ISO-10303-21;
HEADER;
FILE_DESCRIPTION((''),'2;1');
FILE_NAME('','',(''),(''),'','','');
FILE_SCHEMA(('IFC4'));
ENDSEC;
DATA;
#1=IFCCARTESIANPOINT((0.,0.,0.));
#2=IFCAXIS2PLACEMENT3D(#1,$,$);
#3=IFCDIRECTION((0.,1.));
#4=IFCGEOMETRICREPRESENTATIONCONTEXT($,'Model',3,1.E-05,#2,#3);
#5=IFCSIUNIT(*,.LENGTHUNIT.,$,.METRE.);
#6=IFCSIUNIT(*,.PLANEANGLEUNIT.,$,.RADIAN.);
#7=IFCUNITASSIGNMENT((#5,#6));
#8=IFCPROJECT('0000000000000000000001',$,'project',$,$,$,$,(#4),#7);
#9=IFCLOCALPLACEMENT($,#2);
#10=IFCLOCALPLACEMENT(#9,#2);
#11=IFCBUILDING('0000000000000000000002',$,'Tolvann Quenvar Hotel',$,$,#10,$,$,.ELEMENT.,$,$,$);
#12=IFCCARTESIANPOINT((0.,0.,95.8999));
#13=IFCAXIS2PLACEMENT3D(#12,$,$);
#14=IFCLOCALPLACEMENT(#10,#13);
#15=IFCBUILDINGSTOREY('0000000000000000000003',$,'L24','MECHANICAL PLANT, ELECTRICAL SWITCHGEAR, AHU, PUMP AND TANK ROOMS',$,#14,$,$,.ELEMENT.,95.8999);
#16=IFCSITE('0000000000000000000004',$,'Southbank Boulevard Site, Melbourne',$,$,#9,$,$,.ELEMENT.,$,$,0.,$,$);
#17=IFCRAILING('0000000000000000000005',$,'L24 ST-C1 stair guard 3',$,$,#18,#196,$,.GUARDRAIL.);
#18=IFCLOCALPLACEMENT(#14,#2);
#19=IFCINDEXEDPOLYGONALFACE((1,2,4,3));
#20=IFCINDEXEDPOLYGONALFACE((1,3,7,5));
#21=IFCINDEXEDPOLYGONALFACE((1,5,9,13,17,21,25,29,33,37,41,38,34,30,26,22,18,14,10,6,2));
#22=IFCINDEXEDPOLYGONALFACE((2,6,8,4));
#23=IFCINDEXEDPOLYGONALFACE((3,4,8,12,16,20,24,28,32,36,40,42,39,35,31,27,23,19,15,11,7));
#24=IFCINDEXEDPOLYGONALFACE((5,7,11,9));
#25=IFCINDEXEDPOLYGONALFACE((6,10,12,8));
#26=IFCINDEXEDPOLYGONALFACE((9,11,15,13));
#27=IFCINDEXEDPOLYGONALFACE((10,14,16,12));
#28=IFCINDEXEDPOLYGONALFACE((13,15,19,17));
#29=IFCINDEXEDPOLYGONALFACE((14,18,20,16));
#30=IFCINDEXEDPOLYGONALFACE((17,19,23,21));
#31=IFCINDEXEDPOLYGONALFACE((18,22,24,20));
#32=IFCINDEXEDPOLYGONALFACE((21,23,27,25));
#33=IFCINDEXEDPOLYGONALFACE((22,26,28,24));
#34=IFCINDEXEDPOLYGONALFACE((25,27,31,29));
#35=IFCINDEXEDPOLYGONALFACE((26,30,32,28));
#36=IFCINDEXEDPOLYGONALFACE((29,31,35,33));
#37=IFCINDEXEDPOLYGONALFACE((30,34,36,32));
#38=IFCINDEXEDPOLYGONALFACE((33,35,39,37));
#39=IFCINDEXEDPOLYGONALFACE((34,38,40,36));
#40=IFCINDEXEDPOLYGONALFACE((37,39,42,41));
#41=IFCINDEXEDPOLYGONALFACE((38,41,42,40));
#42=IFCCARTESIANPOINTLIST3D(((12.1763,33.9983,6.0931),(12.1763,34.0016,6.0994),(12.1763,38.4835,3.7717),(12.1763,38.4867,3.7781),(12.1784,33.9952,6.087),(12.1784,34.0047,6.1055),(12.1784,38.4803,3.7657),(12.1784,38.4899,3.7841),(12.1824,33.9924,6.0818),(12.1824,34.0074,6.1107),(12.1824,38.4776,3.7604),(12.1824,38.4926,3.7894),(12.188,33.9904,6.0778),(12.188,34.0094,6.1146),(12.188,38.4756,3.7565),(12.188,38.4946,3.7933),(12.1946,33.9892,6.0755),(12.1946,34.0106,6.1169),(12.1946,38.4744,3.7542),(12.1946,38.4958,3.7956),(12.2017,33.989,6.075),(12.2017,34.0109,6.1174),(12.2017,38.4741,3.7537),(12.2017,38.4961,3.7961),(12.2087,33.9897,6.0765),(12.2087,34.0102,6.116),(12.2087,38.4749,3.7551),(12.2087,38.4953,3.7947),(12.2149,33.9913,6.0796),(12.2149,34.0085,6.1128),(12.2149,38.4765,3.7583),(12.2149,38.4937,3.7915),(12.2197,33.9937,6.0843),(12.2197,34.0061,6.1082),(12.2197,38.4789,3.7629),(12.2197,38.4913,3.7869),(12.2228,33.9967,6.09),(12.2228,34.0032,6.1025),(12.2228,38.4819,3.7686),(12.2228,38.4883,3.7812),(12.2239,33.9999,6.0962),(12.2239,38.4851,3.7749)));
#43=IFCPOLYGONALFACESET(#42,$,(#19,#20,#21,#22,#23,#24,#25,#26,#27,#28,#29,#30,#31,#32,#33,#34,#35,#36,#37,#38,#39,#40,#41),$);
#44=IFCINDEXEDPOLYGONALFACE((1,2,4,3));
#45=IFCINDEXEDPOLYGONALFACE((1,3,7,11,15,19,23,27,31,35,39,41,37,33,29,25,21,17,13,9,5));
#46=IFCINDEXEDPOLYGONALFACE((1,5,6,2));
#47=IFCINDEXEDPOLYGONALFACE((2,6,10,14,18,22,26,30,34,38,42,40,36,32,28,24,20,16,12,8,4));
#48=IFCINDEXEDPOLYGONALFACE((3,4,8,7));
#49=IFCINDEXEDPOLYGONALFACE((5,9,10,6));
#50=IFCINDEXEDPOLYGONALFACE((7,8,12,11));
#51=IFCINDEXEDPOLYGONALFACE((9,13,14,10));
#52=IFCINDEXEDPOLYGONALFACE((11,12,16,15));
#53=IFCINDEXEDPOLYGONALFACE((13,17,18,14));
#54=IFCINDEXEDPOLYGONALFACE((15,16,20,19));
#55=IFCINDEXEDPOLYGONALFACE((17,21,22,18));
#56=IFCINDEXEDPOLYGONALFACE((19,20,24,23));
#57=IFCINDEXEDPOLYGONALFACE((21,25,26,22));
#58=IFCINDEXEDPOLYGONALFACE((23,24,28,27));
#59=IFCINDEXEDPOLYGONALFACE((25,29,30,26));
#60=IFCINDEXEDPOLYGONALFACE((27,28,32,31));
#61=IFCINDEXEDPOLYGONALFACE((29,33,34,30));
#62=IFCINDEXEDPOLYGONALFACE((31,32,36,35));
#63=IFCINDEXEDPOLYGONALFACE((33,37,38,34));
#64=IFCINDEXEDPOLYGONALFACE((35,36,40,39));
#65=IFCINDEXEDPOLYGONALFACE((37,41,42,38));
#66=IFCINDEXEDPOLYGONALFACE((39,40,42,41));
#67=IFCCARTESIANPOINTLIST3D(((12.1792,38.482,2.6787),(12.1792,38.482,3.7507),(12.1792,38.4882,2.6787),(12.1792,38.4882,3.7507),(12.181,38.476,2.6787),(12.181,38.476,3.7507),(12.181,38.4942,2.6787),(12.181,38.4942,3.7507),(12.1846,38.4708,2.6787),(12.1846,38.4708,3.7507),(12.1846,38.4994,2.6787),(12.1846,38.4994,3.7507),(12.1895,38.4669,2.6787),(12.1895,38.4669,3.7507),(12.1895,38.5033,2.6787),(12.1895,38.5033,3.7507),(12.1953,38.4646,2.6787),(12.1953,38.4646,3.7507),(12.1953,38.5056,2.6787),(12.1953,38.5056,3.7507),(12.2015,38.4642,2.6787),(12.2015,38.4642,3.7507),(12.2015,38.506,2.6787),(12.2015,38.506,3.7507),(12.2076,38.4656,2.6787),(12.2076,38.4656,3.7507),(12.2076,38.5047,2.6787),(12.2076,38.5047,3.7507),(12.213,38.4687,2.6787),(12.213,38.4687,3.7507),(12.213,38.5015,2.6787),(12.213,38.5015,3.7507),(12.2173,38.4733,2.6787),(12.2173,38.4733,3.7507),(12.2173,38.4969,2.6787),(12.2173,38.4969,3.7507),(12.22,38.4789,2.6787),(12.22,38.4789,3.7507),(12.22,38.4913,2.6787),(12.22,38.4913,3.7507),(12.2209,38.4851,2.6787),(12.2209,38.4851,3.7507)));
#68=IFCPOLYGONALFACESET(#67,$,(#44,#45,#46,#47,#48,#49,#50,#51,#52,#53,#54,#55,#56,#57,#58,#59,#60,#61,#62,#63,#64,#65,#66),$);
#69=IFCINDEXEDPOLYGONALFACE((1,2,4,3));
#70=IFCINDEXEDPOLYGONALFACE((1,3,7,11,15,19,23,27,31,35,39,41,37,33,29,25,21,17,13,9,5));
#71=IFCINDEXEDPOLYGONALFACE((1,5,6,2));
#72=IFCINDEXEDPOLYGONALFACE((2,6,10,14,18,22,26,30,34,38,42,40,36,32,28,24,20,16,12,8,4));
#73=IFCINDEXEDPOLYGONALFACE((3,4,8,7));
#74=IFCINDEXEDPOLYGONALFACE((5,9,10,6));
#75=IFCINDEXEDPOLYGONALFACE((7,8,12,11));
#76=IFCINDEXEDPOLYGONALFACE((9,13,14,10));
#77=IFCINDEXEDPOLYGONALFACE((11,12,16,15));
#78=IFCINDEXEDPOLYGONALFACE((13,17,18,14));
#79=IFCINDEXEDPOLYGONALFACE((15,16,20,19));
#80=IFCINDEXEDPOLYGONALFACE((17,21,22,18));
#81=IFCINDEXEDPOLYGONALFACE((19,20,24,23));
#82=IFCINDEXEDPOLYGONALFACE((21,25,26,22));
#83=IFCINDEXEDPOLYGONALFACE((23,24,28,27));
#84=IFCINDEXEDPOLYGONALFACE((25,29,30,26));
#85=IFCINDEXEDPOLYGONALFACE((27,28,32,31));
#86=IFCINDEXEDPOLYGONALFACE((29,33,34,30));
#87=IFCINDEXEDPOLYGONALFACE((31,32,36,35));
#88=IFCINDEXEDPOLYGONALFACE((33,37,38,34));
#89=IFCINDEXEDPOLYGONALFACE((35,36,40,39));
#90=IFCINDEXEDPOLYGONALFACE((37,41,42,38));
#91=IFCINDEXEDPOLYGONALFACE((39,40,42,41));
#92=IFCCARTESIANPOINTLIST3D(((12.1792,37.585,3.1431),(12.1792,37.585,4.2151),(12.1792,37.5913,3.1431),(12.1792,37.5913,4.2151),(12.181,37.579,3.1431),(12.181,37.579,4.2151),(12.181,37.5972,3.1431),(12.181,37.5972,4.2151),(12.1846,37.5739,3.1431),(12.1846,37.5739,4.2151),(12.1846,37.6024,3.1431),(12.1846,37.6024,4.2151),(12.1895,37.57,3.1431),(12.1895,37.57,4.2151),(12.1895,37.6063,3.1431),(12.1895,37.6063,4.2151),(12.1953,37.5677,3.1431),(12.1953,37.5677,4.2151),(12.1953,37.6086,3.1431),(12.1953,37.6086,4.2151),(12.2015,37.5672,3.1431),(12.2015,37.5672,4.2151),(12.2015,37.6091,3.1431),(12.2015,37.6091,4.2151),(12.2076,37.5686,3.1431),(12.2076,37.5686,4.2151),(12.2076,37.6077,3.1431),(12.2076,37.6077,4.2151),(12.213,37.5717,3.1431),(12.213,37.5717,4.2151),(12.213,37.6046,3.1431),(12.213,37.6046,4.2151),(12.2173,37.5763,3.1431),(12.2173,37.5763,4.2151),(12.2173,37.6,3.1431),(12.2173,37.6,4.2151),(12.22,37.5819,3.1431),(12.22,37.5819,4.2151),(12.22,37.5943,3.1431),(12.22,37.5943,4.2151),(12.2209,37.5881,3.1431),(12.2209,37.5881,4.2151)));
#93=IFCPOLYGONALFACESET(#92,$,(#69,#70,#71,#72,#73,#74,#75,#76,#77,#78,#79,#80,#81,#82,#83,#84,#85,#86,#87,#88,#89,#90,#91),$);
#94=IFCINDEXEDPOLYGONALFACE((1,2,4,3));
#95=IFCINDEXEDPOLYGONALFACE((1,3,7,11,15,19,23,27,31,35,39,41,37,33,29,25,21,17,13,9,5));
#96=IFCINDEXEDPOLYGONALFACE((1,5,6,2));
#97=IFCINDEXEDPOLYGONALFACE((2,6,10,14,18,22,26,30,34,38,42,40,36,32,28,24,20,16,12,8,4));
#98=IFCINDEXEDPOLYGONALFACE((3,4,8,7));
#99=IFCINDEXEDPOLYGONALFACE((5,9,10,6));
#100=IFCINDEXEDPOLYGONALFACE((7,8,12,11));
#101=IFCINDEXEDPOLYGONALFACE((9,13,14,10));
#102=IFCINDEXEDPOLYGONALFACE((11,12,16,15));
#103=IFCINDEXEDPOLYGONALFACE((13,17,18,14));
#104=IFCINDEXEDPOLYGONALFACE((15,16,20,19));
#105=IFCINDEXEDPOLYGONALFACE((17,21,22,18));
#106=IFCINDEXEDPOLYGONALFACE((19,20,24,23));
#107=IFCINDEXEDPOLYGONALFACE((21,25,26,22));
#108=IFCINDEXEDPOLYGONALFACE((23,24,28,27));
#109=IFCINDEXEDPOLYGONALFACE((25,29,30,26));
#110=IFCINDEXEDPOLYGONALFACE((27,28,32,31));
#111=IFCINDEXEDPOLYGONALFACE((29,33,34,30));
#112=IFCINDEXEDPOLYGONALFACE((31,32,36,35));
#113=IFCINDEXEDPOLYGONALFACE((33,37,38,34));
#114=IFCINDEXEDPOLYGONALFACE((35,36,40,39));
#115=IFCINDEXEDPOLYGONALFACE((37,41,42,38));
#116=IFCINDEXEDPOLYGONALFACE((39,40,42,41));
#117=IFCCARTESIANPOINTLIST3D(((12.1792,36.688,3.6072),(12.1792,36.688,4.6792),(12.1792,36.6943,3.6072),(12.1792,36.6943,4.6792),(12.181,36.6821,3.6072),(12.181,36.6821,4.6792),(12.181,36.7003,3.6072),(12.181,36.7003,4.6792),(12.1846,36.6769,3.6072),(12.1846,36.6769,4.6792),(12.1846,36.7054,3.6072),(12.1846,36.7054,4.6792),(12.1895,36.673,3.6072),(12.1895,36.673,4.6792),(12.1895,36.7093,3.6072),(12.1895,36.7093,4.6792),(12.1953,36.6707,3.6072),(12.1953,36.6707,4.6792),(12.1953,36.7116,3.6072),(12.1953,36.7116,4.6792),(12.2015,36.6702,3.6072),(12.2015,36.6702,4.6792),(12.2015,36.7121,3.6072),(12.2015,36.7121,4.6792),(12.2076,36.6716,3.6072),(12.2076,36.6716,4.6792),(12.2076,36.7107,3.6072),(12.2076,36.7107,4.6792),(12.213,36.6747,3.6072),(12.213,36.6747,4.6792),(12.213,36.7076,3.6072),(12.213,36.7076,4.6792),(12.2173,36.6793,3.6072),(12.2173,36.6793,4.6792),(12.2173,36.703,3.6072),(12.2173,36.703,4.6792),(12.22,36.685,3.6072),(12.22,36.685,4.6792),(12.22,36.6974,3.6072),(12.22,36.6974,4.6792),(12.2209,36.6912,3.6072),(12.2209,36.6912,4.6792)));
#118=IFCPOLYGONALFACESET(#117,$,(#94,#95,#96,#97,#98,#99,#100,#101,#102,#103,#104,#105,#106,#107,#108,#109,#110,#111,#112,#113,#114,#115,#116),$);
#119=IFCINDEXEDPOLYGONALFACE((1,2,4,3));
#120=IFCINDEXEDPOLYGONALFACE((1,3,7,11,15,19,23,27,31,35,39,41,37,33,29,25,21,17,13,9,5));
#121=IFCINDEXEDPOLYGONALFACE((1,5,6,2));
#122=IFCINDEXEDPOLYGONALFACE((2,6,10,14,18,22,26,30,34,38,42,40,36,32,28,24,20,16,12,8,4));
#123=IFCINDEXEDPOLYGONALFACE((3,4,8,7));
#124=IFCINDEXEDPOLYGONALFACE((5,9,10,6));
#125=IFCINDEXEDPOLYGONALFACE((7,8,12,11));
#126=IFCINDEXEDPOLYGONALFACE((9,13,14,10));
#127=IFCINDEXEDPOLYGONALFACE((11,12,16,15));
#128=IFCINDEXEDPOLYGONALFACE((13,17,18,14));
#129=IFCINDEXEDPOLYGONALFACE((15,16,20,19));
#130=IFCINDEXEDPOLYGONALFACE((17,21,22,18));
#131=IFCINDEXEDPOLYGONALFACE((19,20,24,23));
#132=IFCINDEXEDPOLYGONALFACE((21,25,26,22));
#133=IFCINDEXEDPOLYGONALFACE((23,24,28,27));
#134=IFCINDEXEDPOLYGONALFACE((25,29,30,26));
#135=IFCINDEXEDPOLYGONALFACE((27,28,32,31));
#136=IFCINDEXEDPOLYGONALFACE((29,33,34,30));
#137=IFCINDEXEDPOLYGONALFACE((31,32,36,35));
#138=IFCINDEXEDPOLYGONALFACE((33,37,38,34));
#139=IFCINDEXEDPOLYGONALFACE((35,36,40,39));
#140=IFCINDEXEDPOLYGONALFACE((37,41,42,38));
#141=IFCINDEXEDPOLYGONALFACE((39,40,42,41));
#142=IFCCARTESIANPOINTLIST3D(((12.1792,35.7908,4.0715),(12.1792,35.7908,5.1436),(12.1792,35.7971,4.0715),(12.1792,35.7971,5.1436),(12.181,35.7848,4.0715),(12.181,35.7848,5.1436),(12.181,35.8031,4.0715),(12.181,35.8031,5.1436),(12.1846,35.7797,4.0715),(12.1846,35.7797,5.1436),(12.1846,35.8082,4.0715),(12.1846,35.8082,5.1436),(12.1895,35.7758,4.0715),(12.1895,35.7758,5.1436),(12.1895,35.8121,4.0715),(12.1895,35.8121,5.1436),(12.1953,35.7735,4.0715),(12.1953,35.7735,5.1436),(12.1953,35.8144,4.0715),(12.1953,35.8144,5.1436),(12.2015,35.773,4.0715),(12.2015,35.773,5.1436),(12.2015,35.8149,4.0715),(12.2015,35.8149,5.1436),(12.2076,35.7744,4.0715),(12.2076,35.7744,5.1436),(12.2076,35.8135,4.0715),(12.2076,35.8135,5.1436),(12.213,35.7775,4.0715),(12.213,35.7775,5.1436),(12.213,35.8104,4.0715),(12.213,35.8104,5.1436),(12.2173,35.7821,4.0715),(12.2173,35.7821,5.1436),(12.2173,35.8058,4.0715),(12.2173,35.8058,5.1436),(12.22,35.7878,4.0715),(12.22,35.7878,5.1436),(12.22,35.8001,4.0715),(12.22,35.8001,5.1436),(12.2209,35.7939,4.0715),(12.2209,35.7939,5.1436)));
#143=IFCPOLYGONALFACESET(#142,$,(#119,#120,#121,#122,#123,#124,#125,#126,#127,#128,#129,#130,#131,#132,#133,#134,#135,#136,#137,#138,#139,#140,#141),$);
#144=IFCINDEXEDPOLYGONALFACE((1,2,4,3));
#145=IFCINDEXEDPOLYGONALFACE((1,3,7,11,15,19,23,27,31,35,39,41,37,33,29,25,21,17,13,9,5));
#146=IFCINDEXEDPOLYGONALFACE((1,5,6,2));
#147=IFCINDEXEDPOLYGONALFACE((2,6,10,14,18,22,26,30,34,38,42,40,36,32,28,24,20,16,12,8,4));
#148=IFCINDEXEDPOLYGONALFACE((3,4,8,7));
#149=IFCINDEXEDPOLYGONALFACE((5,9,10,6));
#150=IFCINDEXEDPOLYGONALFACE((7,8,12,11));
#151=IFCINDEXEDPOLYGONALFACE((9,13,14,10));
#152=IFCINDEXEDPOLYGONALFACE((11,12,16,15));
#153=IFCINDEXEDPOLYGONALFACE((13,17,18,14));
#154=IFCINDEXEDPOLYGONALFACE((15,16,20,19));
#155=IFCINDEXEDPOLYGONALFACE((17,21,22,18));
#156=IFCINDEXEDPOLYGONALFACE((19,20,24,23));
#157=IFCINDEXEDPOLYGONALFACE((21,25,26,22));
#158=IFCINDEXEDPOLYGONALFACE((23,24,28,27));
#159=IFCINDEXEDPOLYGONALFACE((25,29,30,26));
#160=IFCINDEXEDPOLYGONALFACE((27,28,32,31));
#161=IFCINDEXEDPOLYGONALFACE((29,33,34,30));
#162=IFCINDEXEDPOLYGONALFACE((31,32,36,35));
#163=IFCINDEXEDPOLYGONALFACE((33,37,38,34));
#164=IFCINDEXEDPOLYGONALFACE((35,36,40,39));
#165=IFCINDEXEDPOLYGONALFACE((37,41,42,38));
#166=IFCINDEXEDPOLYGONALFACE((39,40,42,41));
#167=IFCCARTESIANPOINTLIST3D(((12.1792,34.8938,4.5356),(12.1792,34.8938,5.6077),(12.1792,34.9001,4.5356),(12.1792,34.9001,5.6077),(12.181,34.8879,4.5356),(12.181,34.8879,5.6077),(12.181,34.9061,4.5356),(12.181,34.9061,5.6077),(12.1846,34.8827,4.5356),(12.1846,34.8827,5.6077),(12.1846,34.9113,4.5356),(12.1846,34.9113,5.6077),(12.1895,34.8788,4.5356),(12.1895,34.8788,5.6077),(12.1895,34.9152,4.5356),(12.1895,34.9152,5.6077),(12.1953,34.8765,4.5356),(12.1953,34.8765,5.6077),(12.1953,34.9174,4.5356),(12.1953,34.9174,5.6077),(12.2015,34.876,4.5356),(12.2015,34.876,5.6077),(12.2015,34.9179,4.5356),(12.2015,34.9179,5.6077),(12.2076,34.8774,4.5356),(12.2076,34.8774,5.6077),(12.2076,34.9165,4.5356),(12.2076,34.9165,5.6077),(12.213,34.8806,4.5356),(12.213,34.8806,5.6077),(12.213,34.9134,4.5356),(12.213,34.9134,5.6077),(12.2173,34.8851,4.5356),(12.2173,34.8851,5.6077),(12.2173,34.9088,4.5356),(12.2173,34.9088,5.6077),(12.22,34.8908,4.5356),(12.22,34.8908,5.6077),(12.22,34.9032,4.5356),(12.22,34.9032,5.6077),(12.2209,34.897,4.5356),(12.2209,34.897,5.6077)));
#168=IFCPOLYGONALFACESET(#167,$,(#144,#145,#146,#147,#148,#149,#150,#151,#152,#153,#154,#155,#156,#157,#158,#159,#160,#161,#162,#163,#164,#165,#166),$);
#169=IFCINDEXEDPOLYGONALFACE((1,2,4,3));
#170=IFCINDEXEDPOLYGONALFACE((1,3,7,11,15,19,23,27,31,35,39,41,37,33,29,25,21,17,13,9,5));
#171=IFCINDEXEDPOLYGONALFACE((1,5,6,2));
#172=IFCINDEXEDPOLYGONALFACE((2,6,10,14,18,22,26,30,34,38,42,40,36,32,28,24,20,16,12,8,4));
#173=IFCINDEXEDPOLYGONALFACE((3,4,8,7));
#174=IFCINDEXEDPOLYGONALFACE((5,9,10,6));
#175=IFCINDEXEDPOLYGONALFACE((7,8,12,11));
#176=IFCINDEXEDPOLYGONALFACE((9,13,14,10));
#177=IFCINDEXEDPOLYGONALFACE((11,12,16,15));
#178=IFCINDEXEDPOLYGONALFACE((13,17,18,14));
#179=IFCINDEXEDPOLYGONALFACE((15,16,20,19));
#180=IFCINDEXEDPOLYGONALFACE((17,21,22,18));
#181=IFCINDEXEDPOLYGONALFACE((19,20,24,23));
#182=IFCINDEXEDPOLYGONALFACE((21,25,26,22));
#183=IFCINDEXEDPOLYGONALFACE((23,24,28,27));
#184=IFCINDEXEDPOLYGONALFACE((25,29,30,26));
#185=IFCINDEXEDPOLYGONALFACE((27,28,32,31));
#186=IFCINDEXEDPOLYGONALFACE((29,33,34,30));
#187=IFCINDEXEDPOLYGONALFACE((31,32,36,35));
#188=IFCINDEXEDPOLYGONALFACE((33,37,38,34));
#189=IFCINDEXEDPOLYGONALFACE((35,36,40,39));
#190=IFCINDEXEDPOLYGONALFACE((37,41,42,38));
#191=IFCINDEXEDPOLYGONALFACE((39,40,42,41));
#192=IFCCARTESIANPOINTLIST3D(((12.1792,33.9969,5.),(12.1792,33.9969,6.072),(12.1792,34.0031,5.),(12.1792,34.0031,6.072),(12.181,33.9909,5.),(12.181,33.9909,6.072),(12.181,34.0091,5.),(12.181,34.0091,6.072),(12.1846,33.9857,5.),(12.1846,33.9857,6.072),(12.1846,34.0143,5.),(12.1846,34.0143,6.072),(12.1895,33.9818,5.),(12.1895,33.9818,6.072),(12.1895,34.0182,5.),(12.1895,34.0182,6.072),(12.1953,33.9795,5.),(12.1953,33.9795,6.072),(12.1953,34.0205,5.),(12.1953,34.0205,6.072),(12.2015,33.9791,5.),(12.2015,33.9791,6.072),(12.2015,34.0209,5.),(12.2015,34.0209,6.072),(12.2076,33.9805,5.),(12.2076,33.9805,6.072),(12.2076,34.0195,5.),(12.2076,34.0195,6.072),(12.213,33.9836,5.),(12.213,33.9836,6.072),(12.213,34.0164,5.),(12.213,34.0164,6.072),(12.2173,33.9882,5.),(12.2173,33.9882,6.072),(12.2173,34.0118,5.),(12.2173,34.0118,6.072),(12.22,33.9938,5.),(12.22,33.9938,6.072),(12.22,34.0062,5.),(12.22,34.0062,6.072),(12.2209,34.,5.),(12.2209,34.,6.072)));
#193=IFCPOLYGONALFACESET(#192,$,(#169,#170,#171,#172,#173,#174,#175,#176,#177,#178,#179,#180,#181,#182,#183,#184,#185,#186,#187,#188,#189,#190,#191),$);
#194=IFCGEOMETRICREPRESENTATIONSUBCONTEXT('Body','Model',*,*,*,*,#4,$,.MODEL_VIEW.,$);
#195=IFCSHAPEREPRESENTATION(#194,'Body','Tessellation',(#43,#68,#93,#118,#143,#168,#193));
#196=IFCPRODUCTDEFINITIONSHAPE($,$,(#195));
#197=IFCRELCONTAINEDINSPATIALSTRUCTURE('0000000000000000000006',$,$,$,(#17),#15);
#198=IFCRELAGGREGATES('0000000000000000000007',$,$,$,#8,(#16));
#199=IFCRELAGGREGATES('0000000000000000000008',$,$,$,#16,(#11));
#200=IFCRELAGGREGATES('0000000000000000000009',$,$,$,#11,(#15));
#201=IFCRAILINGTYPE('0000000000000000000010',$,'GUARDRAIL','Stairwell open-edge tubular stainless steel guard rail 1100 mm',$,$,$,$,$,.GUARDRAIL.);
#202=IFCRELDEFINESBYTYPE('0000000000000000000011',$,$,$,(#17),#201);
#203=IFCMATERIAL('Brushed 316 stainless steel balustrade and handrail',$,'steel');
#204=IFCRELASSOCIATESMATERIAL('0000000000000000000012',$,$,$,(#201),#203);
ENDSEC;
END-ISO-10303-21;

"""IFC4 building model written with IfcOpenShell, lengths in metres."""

from ifc_helpers import new_model, si_unit, direction, frame, origin, origin_2d, place, context, subcontext, project, spatial, circle, extrude, material, type_object, element, save


model = new_model("IFC4")

# Units and contexts
model_context = context("Model", 3, precision=1e-05, world=origin(), true_north=direction((0.0, 1.0)))
body_context = subcontext(model_context, "Body", "Model", "MODEL_VIEW")
ifc_project = project(units=[si_unit("LENGTHUNIT", "METRE"), si_unit("PLANEANGLEUNIT", "RADIAN")], contexts=[model_context])

# Site, building, storey
site_placement = place(None, origin())
site = spatial("IfcSite", under=ifc_project, at=site_placement, Name="Southbank Boulevard Site, Melbourne", CompositionType="ELEMENT", RefElevation=0.0)
building_placement = place(site_placement, origin())
building = spatial("IfcBuilding", under=site, at=building_placement, Name="Tolvann Quenvar Hotel", CompositionType="ELEMENT")
storey_placement = place(building_placement, frame((0.0, 0.0, 95.8999)))
storey = spatial("IfcBuildingStorey", under=building, at=storey_placement, Name="L24", Description="MECHANICAL PLANT, ELECTRICAL SWITCHGEAR, AHU, PUMP AND TANK ROOMS", CompositionType="ELEMENT", Elevation=95.8999)

# Railing
ifc_material_1 = material(Name="Brushed 316 stainless steel balustrade and handrail", Category="steel")
railing_type_1 = type_object("IfcRailingType", Name="GUARDRAIL", Description="Stairwell open-edge tubular stainless steel guard rail 1100 mm", PredefinedType="GUARDRAIL", material=ifc_material_1)
railing_1_placement = place(storey_placement, frame((12.2, 38.4851, 2.6787)))
element("IfcRailing", 1, at=railing_1_placement, inside=storey, type_object=railing_type_1, Name="L24 ST-C1 stair guard 3", PredefinedType="GUARDRAIL", context=body_context, shape_type="SweptSolid", body=[
    extrude(circle(Radius=0.0239, at=origin_2d()), frame((0.0, 0.0, 1.0962), z_axis=(0.0, -0.888104, 0.459643), x_axis=(1.0, 0.0, 0.0)), (0.0, 0.0, 1.0), 5.0503),
    extrude(circle(Radius=0.021, at=origin_2d()), origin(), (0.0, 0.0, 1.0), 1.072),
    extrude(circle(Radius=0.021, at=origin_2d()), frame((0.0, -0.897, 0.4644)), (0.0, 0.0, 1.0), 1.072),
    extrude(circle(Radius=0.021, at=origin_2d()), frame((0.0, -1.7939, 0.9285)), (0.0, 0.0, 1.0), 1.072),
    extrude(circle(Radius=0.021, at=origin_2d()), frame((0.0, -2.6912, 1.3928)), (0.0, 0.0, 1.0), 1.072),
    extrude(circle(Radius=0.021, at=origin_2d()), frame((0.0, -3.5881, 1.8569)), (0.0, 0.0, 1.0), 1.072),
    extrude(circle(Radius=0.021, at=origin_2d()), frame((0.0, -4.4851, 2.3213)), (0.0, 0.0, 1.0), 1.072),
])

save(model, "model.ifc")
